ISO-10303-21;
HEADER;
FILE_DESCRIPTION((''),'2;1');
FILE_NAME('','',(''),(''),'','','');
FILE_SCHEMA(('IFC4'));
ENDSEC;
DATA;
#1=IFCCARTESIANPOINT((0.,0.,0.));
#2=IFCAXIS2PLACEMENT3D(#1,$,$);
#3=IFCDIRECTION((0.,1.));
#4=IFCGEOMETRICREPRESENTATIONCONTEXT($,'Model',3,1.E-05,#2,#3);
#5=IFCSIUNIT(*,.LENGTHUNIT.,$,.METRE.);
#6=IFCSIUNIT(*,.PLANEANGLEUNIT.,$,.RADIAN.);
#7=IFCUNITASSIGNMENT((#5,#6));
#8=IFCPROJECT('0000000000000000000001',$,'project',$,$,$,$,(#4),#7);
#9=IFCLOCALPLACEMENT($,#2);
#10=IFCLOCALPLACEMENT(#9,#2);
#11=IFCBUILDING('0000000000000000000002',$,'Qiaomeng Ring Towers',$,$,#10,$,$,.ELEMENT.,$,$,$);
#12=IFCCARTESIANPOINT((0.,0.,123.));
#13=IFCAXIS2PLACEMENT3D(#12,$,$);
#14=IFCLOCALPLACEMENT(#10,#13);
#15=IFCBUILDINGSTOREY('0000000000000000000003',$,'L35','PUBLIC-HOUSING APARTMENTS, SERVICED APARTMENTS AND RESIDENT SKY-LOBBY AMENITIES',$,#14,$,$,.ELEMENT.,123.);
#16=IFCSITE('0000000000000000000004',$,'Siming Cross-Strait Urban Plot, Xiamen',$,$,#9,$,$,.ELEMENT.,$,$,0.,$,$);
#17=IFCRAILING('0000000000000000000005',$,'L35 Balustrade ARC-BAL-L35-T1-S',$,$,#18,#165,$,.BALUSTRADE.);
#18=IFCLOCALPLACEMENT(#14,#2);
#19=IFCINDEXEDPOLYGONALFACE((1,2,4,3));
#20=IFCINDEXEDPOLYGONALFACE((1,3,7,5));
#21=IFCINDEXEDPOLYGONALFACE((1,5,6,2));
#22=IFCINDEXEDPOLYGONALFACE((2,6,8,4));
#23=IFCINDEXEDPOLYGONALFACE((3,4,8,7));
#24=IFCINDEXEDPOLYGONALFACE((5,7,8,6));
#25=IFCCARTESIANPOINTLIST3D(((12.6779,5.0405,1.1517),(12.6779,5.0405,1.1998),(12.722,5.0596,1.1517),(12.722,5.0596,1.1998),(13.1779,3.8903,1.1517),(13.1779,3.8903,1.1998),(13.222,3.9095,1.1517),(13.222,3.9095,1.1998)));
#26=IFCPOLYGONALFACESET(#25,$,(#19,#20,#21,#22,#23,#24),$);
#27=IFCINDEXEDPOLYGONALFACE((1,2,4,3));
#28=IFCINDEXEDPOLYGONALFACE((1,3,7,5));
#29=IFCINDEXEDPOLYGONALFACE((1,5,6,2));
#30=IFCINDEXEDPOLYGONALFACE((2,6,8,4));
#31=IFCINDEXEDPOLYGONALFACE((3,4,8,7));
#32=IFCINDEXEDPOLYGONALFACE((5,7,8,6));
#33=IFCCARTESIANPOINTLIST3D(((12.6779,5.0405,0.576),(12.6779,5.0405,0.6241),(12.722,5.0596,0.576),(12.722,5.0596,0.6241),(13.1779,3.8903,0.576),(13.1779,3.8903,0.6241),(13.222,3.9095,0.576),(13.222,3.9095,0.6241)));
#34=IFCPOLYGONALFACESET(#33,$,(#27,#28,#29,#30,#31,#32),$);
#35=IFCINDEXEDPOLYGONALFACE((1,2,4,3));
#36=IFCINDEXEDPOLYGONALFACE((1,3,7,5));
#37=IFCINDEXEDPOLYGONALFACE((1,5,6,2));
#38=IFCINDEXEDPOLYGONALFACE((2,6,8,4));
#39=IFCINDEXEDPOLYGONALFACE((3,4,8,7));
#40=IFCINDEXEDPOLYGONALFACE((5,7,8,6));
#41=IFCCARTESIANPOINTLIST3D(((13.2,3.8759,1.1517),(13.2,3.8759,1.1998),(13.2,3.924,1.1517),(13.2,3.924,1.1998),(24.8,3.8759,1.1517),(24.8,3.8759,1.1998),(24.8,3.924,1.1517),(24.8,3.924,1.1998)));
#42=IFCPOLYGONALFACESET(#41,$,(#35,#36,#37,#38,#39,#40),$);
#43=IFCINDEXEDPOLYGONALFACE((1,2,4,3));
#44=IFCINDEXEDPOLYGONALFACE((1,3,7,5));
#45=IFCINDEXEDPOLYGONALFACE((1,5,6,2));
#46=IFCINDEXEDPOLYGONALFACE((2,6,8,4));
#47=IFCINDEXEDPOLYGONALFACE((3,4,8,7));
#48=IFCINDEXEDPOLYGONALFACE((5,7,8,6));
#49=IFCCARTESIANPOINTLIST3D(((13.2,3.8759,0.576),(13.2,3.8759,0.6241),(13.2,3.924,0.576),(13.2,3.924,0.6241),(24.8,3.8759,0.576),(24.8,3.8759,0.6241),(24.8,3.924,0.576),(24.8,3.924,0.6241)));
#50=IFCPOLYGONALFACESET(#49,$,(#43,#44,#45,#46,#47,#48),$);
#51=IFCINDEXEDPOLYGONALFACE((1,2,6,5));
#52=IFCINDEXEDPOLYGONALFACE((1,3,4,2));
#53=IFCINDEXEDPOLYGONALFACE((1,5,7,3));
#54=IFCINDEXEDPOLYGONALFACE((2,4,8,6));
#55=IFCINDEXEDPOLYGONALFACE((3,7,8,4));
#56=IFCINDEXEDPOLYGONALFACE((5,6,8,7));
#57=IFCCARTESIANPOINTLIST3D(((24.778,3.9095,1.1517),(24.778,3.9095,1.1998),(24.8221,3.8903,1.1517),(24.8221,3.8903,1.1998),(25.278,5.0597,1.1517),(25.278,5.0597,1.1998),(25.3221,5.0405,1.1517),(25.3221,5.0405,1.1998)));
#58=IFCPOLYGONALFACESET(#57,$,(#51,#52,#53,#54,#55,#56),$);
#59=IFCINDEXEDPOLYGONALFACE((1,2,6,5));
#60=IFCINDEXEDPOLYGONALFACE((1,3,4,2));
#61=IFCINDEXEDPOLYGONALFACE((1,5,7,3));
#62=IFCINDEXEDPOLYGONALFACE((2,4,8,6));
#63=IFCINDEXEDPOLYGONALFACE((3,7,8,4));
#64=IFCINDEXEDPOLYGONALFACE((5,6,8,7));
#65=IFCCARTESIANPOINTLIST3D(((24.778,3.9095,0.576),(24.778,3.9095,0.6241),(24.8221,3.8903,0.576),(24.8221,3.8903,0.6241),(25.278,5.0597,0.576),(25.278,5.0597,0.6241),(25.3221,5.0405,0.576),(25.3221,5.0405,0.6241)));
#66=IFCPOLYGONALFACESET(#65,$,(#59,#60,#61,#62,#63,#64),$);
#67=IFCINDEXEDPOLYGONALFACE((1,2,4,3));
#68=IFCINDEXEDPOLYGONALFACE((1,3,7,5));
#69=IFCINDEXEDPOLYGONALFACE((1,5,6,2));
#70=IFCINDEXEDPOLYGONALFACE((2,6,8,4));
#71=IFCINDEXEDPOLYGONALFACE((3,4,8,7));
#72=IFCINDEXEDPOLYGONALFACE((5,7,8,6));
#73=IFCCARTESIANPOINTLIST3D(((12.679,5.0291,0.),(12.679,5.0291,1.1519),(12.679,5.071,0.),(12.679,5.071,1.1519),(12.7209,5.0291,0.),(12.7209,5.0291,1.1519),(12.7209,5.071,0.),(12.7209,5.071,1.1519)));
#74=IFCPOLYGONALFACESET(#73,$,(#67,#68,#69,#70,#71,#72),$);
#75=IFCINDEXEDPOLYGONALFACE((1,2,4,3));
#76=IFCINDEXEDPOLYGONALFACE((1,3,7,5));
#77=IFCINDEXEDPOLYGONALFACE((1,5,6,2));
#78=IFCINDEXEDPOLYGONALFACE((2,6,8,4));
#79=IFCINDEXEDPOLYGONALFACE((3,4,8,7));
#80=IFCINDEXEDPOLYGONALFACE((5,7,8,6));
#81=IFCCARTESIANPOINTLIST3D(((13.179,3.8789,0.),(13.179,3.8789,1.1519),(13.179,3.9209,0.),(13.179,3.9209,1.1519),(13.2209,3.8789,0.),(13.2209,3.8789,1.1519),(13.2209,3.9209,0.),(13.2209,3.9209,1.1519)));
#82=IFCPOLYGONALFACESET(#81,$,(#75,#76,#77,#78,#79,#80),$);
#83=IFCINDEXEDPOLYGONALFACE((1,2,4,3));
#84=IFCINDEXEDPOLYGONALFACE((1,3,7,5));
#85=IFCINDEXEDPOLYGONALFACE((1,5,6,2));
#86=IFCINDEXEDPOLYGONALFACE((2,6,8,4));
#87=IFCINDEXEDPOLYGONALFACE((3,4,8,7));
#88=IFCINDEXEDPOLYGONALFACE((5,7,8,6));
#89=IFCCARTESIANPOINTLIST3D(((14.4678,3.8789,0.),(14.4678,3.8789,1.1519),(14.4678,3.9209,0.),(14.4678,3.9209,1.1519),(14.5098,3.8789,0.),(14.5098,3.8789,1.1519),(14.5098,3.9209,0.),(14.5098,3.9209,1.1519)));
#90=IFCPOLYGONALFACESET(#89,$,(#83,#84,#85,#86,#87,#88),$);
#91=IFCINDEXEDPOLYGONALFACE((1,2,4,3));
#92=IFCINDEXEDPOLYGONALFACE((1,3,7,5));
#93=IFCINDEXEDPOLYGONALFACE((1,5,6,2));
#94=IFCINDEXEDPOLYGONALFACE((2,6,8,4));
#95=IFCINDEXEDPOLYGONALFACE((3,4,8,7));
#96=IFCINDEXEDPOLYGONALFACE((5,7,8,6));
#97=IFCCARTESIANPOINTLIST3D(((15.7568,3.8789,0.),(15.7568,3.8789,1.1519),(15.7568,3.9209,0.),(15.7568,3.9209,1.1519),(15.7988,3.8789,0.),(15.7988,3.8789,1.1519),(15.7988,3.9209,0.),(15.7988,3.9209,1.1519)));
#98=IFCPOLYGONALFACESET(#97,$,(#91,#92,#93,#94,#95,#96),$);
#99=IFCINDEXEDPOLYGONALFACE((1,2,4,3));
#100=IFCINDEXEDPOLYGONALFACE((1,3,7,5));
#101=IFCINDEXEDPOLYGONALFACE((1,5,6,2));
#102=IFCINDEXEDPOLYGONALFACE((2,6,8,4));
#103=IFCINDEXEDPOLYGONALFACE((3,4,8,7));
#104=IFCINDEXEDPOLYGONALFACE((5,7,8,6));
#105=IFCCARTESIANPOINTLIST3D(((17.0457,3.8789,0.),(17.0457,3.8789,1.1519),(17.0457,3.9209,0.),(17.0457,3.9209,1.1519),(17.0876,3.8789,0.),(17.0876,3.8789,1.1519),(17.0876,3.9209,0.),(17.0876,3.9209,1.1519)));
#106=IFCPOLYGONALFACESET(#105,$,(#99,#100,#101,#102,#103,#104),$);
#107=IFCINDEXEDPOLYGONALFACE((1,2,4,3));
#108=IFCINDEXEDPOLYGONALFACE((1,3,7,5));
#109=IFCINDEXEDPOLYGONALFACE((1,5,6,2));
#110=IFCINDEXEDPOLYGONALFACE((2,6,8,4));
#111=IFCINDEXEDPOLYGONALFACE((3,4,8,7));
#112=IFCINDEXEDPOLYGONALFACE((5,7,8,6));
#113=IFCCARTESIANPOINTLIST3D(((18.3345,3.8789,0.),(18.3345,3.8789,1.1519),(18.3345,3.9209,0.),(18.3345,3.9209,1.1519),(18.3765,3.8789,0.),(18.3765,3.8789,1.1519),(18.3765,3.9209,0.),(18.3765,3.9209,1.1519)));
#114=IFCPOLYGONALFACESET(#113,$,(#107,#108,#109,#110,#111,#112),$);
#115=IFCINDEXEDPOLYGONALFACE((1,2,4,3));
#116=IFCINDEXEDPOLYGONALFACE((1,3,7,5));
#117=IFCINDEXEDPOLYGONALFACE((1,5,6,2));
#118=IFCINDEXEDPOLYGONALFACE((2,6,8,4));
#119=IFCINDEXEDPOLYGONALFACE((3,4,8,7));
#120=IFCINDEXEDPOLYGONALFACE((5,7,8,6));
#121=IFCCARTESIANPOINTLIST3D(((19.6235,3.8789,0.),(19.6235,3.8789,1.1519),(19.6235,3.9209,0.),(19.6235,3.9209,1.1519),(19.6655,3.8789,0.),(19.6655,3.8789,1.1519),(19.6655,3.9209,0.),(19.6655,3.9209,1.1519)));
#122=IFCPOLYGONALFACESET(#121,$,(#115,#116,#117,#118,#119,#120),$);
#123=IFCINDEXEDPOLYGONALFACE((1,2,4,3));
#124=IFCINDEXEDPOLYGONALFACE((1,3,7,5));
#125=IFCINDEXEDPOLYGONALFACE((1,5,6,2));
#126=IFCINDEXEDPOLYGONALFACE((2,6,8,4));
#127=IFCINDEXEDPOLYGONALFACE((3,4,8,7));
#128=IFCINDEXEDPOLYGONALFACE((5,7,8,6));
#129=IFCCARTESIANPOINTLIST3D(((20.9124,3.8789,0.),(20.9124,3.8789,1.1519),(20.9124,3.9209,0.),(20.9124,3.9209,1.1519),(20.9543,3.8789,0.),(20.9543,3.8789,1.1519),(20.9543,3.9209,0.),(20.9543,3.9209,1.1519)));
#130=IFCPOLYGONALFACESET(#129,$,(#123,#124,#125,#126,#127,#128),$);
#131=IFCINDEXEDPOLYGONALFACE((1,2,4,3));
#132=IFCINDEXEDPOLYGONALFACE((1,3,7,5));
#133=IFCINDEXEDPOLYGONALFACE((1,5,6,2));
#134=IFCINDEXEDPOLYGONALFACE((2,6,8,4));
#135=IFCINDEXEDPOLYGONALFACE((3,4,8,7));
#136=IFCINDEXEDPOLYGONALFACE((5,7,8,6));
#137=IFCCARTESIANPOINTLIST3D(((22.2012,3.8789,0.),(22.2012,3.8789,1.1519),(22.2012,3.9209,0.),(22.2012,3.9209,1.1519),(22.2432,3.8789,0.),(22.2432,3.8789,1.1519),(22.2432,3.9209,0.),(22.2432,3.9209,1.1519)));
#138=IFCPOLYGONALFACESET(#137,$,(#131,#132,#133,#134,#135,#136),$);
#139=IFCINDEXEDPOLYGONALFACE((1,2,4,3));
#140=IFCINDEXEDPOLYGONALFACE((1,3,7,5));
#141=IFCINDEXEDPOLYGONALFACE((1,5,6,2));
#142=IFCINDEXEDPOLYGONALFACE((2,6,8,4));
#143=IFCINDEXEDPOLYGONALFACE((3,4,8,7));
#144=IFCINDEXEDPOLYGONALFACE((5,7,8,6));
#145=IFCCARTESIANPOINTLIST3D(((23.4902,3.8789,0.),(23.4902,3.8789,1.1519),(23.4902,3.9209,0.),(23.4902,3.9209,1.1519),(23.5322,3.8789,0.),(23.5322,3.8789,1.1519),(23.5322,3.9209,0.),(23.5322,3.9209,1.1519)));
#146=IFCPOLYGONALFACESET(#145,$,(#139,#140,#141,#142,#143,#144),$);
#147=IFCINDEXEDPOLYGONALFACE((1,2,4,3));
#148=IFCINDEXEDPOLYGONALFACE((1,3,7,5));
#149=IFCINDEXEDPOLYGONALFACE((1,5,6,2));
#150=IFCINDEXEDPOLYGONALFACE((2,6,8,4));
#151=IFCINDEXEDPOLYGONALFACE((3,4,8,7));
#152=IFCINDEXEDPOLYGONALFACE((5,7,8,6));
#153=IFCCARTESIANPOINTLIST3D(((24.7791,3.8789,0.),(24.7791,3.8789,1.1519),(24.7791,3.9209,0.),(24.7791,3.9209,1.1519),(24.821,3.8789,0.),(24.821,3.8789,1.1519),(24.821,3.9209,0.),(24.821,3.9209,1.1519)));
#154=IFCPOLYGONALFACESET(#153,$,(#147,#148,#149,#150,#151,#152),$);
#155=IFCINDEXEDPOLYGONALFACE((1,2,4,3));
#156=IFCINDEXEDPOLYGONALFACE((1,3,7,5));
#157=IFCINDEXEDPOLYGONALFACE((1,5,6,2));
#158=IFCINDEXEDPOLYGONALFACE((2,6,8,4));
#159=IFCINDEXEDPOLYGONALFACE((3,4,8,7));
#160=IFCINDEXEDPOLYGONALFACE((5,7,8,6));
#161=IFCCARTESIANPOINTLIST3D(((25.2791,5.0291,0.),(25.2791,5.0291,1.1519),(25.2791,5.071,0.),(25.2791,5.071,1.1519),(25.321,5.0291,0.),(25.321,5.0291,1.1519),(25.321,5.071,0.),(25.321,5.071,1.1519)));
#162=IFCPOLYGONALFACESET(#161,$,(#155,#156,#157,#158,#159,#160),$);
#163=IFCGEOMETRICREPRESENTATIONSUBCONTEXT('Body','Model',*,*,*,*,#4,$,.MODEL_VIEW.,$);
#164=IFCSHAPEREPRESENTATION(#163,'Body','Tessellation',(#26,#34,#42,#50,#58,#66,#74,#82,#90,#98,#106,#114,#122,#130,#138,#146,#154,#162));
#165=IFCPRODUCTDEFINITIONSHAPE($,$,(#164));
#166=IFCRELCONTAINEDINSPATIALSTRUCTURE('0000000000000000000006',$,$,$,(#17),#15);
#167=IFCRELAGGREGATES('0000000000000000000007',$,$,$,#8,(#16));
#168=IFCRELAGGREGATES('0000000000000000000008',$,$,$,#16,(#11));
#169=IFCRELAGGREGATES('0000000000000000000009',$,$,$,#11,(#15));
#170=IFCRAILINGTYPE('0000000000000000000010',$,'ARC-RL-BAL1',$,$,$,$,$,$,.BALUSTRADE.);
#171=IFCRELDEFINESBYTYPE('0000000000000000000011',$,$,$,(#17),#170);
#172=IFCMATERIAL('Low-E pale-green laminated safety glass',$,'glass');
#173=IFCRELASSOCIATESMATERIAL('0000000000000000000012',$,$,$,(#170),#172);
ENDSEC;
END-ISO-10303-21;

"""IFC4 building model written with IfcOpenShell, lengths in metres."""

from ifc_helpers import new_model, si_unit, direction, frame, origin, origin_2d, place, context, subcontext, project, spatial, rectangle, extrude, material, type_object, element, save


model = new_model("IFC4")

# Units and contexts
model_context = context("Model", 3, precision=1e-05, world=origin(), true_north=direction((0.0, 1.0)))
body_context = subcontext(model_context, "Body", "Model", "MODEL_VIEW")
ifc_project = project(units=[si_unit("LENGTHUNIT", "METRE"), si_unit("PLANEANGLEUNIT", "RADIAN")], contexts=[model_context])

# Site, building, storey
site_placement = place(None, origin())
site = spatial("IfcSite", under=ifc_project, at=site_placement, Name="Siming Cross-Strait Urban Plot, Xiamen", CompositionType="ELEMENT", RefElevation=0.0)
building_placement = place(site_placement, origin())
building = spatial("IfcBuilding", under=site, at=building_placement, Name="Qiaomeng Ring Towers", CompositionType="ELEMENT")
storey_placement = place(building_placement, frame((0.0, 0.0, 123.0)))
storey = spatial("IfcBuildingStorey", under=building, at=storey_placement, Name="L35", Description="PUBLIC-HOUSING APARTMENTS, SERVICED APARTMENTS AND RESIDENT SKY-LOBBY AMENITIES", CompositionType="ELEMENT", Elevation=123.0)

# Railing
ifc_material_1 = material(Name="Low-E pale-green laminated safety glass", Category="glass")
railing_type = type_object("IfcRailingType", Name="ARC-RL-BAL1", PredefinedType="BALUSTRADE", material=ifc_material_1)
railing_placement = place(storey_placement, frame((12.7, 5.05, 0.0)))
element("IfcRailing", 1, at=railing_placement, inside=storey, type_object=railing_type, Name="L35 Balustrade ARC-BAL-L35-T1-S", PredefinedType="BALUSTRADE", context=body_context, shape_type="SweptSolid", body=[
    extrude(rectangle(XDim=0.0481, YDim=0.0481, at=origin_2d()), frame((0.0, 0.0, 1.1758), z_axis=(0.398683, -0.917089, 0.0), x_axis=(0.917089, 0.398683, 0.0)), (0.0, 0.0, 1.0), 1.2542),
    extrude(rectangle(XDim=0.0481, YDim=0.0481, at=origin_2d()), frame((0.0, 0.0, 0.6001), z_axis=(0.398683, -0.917089, 0.0), x_axis=(0.917089, 0.398683, 0.0)), (0.0, 0.0, 1.0), 1.2542),
    extrude(rectangle(XDim=0.0481, YDim=0.0481, at=origin_2d()), frame((0.5, -1.1501, 1.1758), z_axis=(1.0, 0.0, 0.0), x_axis=(0.0, 1.0, 0.0)), (0.0, 0.0, 1.0), 11.6001),
    extrude(rectangle(XDim=0.0481, YDim=0.0481, at=origin_2d()), frame((0.5, -1.1501, 0.6001), z_axis=(1.0, 0.0, 0.0), x_axis=(0.0, 1.0, 0.0)), (0.0, 0.0, 1.0), 11.6001),
    extrude(rectangle(XDim=0.0481, YDim=0.0481, at=origin_2d()), frame((12.1001, -1.1501, 1.1758), z_axis=(0.398683, 0.917089, 0.0), x_axis=(-0.917089, 0.398683, 0.0)), (0.0, 0.0, 1.0), 1.2542),
    extrude(rectangle(XDim=0.0481, YDim=0.0481, at=origin_2d()), frame((12.1001, -1.1501, 0.6001), z_axis=(0.398683, 0.917089, 0.0), x_axis=(-0.917089, 0.398683, 0.0)), (0.0, 0.0, 1.0), 1.2542),
    extrude(rectangle(XDim=0.042, YDim=0.042, at=origin_2d()), origin(), (0.0, 0.0, 1.0), 1.1519),
    extrude(rectangle(XDim=0.042, YDim=0.042, at=origin_2d()), frame((0.5, -1.1501, 0.0)), (0.0, 0.0, 1.0), 1.1519),
    extrude(rectangle(XDim=0.042, YDim=0.042, at=origin_2d()), frame((1.7888, -1.1501, 0.0)), (0.0, 0.0, 1.0), 1.1519),
    extrude(rectangle(XDim=0.042, YDim=0.042, at=origin_2d()), frame((3.0779, -1.1501, 0.0)), (0.0, 0.0, 1.0), 1.1519),
    extrude(rectangle(XDim=0.042, YDim=0.042, at=origin_2d()), frame((4.3667, -1.1501, 0.0)), (0.0, 0.0, 1.0), 1.1519),
    extrude(rectangle(XDim=0.042, YDim=0.042, at=origin_2d()), frame((5.6555, -1.1501, 0.0)), (0.0, 0.0, 1.0), 1.1519),
    extrude(rectangle(XDim=0.042, YDim=0.042, at=origin_2d()), frame((6.9446, -1.1501, 0.0)), (0.0, 0.0, 1.0), 1.1519),
    extrude(rectangle(XDim=0.042, YDim=0.042, at=origin_2d()), frame((8.2334, -1.1501, 0.0)), (0.0, 0.0, 1.0), 1.1519),
    extrude(rectangle(XDim=0.042, YDim=0.042, at=origin_2d()), frame((9.5222, -1.1501, 0.0)), (0.0, 0.0, 1.0), 1.1519),
    extrude(rectangle(XDim=0.042, YDim=0.042, at=origin_2d()), frame((10.8113, -1.1501, 0.0)), (0.0, 0.0, 1.0), 1.1519),
    extrude(rectangle(XDim=0.042, YDim=0.042, at=origin_2d()), frame((12.1001, -1.1501, 0.0)), (0.0, 0.0, 1.0), 1.1519),
    extrude(rectangle(XDim=0.042, YDim=0.042, at=origin_2d()), frame((12.6001, 0.0, 0.0)), (0.0, 0.0, 1.0), 1.1519),
])

save(model, "model.ifc")
